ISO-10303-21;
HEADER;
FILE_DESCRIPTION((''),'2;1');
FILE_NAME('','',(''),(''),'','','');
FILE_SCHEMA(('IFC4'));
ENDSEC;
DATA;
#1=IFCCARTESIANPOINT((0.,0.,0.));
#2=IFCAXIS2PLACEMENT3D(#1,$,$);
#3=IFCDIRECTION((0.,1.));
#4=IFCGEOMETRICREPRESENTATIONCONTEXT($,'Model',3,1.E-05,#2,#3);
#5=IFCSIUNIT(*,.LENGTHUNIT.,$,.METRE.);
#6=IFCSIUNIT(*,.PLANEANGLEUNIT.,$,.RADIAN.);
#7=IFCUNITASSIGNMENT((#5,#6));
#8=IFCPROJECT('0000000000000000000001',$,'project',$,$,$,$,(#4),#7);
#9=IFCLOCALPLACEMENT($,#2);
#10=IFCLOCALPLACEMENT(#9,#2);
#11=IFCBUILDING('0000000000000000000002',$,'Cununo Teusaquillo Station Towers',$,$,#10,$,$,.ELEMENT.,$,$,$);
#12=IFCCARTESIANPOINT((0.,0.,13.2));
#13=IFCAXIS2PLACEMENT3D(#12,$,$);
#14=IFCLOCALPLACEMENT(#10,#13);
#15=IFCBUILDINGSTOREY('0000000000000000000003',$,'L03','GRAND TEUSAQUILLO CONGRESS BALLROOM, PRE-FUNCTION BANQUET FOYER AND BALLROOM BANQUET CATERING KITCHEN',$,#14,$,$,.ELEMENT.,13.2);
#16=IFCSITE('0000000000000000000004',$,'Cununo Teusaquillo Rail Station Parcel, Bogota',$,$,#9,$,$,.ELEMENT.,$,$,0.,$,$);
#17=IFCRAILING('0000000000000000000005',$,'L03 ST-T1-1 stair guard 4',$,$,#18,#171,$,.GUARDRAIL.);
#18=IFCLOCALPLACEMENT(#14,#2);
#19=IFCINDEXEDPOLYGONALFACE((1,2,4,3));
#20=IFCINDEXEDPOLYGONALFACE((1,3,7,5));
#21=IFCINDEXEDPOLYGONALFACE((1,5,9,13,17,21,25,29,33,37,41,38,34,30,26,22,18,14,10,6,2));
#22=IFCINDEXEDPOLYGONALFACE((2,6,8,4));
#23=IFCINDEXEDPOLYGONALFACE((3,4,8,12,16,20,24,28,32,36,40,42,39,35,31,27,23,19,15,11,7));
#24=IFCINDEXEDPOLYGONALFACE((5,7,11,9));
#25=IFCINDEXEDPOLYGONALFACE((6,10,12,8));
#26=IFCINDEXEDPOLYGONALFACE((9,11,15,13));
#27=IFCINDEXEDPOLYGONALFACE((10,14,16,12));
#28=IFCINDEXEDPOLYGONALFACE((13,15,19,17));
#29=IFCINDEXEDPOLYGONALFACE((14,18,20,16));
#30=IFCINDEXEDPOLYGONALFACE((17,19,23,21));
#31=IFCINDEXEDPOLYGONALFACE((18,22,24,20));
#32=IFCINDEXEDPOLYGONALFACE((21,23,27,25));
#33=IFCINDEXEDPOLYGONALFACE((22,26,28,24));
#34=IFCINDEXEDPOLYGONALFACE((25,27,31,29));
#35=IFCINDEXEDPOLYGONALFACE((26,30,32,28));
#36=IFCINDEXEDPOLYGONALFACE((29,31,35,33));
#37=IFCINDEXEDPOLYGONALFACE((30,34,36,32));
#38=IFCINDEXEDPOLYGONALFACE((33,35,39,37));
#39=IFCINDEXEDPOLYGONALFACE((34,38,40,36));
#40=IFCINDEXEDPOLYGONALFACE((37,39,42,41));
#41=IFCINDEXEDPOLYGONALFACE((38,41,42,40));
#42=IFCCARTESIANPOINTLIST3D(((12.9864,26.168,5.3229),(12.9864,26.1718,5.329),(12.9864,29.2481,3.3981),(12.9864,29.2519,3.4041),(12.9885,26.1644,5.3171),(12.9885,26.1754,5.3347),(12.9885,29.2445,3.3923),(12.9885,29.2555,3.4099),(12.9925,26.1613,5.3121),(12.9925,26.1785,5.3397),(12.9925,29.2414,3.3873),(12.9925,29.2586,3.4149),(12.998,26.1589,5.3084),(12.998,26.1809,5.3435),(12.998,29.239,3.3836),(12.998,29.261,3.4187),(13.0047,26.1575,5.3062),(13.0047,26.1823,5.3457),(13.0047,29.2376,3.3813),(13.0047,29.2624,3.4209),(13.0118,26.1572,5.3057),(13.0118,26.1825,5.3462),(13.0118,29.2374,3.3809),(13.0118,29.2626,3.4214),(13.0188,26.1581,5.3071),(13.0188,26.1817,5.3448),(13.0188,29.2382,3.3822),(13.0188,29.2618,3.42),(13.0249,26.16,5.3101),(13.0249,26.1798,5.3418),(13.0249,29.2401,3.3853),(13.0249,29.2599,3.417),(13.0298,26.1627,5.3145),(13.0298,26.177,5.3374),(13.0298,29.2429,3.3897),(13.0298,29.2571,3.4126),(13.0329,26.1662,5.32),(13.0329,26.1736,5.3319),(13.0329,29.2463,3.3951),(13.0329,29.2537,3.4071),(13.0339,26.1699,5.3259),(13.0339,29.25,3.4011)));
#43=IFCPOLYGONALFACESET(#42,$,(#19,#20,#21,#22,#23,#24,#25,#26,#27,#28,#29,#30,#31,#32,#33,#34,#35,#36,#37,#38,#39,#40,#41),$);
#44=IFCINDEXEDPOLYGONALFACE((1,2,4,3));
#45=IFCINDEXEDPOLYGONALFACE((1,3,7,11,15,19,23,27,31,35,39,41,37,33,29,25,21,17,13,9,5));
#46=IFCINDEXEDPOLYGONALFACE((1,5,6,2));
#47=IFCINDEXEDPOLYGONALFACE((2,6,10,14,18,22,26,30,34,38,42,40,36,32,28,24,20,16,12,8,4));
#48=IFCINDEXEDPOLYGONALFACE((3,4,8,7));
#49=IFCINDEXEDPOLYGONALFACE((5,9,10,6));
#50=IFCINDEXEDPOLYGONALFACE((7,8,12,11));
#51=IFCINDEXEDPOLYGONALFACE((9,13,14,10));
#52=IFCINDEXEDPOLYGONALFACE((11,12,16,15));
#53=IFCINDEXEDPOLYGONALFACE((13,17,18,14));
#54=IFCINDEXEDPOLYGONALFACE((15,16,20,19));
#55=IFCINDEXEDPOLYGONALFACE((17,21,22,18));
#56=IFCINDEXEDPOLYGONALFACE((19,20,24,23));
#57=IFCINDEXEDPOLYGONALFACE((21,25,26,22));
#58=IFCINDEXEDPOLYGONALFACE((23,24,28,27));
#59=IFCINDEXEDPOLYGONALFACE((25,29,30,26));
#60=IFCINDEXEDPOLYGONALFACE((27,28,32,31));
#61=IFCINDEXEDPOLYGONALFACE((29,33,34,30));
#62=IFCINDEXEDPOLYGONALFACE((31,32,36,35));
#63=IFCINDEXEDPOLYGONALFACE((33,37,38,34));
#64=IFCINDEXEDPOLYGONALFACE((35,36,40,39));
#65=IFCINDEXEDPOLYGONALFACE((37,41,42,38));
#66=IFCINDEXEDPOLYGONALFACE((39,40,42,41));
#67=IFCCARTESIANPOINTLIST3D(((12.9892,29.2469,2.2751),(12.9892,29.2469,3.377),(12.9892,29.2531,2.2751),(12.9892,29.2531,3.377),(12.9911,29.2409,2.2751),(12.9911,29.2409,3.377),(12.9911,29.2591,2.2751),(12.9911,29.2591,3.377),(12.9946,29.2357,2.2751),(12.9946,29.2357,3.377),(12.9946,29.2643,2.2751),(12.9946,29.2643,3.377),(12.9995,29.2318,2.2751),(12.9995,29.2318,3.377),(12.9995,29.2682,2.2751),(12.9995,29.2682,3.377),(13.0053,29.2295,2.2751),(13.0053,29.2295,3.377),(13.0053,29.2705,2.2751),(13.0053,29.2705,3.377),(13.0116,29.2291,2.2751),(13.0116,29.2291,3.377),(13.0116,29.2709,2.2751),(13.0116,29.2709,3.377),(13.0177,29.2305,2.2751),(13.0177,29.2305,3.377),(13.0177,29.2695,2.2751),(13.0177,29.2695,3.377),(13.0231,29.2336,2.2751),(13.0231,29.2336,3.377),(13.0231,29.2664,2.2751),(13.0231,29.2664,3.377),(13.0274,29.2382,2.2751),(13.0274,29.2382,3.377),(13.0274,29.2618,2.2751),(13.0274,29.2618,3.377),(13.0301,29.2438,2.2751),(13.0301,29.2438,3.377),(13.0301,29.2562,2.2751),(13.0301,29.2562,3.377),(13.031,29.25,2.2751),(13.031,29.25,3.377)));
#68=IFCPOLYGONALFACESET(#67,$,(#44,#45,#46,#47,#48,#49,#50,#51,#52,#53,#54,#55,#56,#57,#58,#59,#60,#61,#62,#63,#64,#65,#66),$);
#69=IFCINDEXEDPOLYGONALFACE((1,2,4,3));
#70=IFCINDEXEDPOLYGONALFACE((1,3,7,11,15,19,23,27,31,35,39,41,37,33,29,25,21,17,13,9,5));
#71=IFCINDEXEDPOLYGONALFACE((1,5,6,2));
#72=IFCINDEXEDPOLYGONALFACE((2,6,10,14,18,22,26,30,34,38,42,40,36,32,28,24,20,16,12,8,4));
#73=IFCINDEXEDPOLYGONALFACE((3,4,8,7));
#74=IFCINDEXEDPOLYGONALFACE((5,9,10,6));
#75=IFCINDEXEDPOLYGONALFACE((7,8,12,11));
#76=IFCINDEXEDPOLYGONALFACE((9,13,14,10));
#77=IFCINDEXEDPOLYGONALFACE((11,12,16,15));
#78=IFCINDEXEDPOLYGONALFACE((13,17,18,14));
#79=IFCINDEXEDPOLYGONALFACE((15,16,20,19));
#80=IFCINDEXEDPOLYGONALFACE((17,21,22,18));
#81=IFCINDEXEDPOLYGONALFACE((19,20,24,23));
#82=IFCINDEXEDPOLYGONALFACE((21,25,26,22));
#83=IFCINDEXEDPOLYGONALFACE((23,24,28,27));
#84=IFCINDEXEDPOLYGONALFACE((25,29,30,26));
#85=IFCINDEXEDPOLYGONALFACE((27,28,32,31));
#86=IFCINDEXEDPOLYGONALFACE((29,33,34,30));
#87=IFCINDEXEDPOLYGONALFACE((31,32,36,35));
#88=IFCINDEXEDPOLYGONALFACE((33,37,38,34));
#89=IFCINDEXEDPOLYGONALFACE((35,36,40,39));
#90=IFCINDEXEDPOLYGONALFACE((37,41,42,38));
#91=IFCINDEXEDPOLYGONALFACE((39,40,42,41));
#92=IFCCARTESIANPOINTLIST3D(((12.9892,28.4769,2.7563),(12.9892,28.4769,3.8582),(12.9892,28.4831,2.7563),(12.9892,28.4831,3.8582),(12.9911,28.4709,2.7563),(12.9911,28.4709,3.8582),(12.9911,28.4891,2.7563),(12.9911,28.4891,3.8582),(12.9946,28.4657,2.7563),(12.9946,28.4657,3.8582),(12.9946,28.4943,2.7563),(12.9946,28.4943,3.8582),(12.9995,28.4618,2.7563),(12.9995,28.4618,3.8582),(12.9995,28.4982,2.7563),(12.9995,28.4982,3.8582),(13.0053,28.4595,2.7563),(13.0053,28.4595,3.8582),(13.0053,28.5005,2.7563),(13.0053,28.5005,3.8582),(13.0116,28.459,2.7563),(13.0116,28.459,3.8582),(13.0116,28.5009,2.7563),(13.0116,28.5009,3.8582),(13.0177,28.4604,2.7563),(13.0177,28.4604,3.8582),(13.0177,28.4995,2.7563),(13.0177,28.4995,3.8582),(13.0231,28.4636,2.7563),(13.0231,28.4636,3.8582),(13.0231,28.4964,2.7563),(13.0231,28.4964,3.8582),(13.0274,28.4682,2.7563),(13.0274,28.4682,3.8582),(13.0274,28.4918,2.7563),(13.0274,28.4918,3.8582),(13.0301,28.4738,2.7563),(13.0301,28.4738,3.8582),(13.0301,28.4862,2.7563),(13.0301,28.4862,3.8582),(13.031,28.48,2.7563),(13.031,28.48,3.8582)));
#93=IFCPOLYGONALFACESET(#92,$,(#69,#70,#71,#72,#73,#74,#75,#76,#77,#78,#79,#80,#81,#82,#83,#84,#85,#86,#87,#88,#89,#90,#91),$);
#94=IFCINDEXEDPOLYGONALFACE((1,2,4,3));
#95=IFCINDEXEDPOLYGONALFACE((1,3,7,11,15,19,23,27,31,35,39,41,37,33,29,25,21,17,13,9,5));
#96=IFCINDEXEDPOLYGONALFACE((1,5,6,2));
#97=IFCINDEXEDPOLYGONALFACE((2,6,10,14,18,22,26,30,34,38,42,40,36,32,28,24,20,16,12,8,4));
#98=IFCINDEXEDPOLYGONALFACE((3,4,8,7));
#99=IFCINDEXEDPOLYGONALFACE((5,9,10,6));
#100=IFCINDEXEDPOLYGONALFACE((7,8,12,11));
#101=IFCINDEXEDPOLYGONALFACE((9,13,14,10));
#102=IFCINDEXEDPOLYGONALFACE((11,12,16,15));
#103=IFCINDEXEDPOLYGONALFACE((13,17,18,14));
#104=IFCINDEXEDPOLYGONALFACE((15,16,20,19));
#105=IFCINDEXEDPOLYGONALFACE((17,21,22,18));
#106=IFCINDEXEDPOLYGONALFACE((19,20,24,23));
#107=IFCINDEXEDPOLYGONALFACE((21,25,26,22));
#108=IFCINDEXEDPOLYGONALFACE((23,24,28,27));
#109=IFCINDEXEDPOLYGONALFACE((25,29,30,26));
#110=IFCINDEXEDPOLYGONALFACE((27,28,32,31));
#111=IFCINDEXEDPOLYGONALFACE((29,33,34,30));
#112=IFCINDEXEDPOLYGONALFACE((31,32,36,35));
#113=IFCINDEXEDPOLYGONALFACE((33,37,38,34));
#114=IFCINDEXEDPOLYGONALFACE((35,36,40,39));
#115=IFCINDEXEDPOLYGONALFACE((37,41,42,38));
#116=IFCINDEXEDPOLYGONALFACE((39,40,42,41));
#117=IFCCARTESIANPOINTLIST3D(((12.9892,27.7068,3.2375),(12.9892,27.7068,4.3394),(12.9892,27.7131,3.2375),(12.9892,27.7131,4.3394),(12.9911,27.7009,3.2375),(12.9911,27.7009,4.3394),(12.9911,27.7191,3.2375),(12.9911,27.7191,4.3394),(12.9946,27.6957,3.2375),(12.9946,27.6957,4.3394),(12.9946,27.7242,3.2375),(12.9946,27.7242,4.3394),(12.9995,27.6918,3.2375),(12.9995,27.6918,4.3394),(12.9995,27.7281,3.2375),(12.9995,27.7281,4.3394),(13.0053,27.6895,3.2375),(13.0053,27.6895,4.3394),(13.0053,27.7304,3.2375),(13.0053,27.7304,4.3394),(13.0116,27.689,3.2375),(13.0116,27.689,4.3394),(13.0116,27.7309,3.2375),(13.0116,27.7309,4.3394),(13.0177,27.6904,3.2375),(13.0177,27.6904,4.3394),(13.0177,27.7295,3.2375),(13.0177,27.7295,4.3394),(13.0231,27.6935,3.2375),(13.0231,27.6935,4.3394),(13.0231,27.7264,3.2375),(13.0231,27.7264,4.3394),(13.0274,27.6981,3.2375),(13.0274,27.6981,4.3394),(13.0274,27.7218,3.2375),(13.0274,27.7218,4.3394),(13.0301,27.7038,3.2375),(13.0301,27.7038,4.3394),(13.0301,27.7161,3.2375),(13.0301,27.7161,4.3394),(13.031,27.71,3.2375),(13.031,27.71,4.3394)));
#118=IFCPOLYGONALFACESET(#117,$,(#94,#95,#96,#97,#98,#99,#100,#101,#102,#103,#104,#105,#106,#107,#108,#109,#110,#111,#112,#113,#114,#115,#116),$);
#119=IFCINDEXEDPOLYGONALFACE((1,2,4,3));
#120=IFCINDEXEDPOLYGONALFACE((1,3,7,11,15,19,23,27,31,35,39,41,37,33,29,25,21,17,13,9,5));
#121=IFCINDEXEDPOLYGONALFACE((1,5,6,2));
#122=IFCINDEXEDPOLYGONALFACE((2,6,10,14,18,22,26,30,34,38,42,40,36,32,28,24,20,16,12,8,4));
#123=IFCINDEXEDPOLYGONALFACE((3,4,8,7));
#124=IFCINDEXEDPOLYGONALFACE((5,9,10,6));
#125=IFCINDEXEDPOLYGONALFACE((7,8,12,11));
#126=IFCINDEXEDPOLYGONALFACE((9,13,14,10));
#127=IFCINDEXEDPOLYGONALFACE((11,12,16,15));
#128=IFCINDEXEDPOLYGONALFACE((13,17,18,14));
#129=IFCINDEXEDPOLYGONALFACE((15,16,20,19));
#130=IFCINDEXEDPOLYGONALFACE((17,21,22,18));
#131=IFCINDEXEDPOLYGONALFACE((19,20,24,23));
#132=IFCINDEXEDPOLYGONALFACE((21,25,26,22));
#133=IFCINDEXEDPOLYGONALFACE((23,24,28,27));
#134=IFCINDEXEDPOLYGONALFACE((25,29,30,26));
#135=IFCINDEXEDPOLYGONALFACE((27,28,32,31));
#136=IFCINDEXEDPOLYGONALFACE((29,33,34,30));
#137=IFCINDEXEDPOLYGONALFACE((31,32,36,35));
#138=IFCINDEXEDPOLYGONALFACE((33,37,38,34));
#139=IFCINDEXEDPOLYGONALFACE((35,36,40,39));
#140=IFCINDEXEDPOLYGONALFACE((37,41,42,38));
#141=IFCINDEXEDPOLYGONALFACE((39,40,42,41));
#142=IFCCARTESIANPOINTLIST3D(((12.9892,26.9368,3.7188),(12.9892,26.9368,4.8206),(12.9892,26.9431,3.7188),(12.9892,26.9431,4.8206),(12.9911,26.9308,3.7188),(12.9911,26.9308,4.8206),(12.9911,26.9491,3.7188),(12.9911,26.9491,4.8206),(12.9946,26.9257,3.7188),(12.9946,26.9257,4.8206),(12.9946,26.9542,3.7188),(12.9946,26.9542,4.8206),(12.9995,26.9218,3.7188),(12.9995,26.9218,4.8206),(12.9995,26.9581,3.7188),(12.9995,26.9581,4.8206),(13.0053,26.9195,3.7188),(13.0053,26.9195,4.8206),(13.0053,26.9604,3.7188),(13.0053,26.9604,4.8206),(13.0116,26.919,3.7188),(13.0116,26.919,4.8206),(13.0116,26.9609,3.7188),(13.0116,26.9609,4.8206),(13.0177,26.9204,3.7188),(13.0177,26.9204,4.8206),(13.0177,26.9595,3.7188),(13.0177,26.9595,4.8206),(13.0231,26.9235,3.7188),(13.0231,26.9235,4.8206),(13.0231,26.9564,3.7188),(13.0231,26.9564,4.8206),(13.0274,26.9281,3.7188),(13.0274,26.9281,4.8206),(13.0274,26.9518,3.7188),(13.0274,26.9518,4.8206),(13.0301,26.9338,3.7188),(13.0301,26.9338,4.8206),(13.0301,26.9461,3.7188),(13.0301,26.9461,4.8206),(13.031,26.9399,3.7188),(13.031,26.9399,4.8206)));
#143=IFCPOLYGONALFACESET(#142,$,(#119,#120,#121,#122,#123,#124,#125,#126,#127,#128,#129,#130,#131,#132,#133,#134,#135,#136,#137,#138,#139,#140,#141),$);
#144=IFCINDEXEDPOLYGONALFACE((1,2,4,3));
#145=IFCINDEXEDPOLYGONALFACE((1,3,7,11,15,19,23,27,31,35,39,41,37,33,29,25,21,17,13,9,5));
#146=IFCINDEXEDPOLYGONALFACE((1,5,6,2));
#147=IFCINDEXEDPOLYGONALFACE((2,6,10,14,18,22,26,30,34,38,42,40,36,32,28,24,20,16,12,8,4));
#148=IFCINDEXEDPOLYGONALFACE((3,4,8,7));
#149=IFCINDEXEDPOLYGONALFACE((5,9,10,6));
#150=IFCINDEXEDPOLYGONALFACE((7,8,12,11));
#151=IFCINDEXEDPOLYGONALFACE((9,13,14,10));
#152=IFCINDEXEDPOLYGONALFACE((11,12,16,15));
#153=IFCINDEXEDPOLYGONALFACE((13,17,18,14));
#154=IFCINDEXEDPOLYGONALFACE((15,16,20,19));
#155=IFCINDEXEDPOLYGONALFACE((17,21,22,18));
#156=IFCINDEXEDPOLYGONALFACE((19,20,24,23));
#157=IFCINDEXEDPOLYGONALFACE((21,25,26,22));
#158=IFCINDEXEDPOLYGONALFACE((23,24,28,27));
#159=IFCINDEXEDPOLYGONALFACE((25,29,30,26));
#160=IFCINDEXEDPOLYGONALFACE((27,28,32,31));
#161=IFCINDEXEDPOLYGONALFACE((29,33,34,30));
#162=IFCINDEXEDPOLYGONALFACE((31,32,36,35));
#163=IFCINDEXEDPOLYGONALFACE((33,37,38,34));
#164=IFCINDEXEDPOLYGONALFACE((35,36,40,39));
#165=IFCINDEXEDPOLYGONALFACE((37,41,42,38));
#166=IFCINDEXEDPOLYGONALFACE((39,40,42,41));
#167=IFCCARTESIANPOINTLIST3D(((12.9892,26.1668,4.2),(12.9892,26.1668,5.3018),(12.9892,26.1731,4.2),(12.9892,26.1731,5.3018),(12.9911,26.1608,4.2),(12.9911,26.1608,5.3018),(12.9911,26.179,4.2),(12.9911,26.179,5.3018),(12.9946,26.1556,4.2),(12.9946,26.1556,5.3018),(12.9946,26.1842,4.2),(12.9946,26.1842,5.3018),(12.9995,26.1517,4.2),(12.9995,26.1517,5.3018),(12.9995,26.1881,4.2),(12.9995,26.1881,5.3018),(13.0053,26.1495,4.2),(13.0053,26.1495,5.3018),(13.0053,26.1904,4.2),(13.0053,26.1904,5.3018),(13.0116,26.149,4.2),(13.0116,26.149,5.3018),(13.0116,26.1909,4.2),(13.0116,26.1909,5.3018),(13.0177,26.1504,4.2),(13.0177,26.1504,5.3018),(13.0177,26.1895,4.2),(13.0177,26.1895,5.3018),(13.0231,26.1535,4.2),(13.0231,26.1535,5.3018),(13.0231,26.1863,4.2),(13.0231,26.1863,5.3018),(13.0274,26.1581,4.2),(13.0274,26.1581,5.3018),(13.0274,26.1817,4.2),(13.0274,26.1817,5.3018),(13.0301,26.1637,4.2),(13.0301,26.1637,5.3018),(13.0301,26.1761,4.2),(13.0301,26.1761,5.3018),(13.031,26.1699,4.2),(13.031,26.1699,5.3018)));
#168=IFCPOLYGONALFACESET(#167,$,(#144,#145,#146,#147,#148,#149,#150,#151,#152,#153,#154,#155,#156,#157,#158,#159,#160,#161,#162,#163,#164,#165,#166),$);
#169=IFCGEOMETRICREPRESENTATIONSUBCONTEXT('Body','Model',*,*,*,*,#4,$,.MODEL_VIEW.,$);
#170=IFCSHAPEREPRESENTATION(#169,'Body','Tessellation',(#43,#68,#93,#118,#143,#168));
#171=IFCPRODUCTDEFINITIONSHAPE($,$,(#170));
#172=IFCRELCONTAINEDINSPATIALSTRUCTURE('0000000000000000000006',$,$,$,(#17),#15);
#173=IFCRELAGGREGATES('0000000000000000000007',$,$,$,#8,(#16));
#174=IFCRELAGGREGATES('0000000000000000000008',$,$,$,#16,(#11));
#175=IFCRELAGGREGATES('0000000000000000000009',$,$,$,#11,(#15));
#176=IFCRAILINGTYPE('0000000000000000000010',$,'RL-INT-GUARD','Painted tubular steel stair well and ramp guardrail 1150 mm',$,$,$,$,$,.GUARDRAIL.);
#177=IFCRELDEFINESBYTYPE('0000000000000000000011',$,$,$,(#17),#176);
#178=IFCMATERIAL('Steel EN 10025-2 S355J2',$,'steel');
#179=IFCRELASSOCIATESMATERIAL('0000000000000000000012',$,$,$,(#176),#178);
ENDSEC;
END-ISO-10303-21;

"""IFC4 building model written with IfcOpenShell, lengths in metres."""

from ifc_helpers import new_model, si_unit, direction, frame, origin, origin_2d, place, context, subcontext, project, spatial, circle, extrude, material, type_object, element, save


model = new_model("IFC4")

# Units and contexts
model_context = context("Model", 3, precision=1e-05, world=origin(), true_north=direction((0.0, 1.0)))
body_context = subcontext(model_context, "Body", "Model", "MODEL_VIEW")
ifc_project = project(units=[si_unit("LENGTHUNIT", "METRE"), si_unit("PLANEANGLEUNIT", "RADIAN")], contexts=[model_context])

# Site, building, storey
site_placement = place(None, origin())
site = spatial("IfcSite", under=ifc_project, at=site_placement, Name="Cununo Teusaquillo Rail Station Parcel, Bogota", CompositionType="ELEMENT", RefElevation=0.0)
building_placement = place(site_placement, origin())
building = spatial("IfcBuilding", under=site, at=building_placement, Name="Cununo Teusaquillo Station Towers", CompositionType="ELEMENT")
storey_placement = place(building_placement, frame((0.0, 0.0, 13.2)))
storey = spatial("IfcBuildingStorey", under=building, at=storey_placement, Name="L03", Description="GRAND TEUSAQUILLO CONGRESS BALLROOM, PRE-FUNCTION BANQUET FOYER AND BALLROOM BANQUET CATERING KITCHEN", CompositionType="ELEMENT", Elevation=13.2)

# Railing
ifc_material_1 = material(Name="Steel EN 10025-2 S355J2", Category="steel")
railing_type_1 = type_object("IfcRailingType", Name="RL-INT-GUARD", Description="Painted tubular steel stair well and ramp guardrail 1150 mm", PredefinedType="GUARDRAIL", material=ifc_material_1)
railing_1_placement = place(storey_placement, frame((13.01, 29.25, 2.2751)))
element("IfcRailing", 1, at=railing_1_placement, inside=storey, type_object=railing_type_1, Name="L03 ST-T1-1 stair guard 4", PredefinedType="GUARDRAIL", context=body_context, shape_type="SweptSolid", body=[
    extrude(circle(Radius=0.0239, at=origin_2d()), frame((0.0, 0.0, 1.126), z_axis=(0.0, -0.848029, 0.529951), x_axis=(1.0, 0.0, 0.0)), (0.0, 0.0, 1.0), 3.6321),
    extrude(circle(Radius=0.021, at=origin_2d()), origin(), (0.0, 0.0, 1.0), 1.1018),
    extrude(circle(Radius=0.021, at=origin_2d()), frame((0.0, -0.77, 0.4812)), (0.0, 0.0, 1.0), 1.1018),
    extrude(circle(Radius=0.021, at=origin_2d()), frame((0.0, -1.54, 0.9624)), (0.0, 0.0, 1.0), 1.1018),
    extrude(circle(Radius=0.021, at=origin_2d()), frame((0.0, -2.3101, 1.4436)), (0.0, 0.0, 1.0), 1.1018),
    extrude(circle(Radius=0.021, at=origin_2d()), frame((0.0, -3.0801, 1.9248)), (0.0, 0.0, 1.0), 1.1018),
])

save(model, "model.ifc")
